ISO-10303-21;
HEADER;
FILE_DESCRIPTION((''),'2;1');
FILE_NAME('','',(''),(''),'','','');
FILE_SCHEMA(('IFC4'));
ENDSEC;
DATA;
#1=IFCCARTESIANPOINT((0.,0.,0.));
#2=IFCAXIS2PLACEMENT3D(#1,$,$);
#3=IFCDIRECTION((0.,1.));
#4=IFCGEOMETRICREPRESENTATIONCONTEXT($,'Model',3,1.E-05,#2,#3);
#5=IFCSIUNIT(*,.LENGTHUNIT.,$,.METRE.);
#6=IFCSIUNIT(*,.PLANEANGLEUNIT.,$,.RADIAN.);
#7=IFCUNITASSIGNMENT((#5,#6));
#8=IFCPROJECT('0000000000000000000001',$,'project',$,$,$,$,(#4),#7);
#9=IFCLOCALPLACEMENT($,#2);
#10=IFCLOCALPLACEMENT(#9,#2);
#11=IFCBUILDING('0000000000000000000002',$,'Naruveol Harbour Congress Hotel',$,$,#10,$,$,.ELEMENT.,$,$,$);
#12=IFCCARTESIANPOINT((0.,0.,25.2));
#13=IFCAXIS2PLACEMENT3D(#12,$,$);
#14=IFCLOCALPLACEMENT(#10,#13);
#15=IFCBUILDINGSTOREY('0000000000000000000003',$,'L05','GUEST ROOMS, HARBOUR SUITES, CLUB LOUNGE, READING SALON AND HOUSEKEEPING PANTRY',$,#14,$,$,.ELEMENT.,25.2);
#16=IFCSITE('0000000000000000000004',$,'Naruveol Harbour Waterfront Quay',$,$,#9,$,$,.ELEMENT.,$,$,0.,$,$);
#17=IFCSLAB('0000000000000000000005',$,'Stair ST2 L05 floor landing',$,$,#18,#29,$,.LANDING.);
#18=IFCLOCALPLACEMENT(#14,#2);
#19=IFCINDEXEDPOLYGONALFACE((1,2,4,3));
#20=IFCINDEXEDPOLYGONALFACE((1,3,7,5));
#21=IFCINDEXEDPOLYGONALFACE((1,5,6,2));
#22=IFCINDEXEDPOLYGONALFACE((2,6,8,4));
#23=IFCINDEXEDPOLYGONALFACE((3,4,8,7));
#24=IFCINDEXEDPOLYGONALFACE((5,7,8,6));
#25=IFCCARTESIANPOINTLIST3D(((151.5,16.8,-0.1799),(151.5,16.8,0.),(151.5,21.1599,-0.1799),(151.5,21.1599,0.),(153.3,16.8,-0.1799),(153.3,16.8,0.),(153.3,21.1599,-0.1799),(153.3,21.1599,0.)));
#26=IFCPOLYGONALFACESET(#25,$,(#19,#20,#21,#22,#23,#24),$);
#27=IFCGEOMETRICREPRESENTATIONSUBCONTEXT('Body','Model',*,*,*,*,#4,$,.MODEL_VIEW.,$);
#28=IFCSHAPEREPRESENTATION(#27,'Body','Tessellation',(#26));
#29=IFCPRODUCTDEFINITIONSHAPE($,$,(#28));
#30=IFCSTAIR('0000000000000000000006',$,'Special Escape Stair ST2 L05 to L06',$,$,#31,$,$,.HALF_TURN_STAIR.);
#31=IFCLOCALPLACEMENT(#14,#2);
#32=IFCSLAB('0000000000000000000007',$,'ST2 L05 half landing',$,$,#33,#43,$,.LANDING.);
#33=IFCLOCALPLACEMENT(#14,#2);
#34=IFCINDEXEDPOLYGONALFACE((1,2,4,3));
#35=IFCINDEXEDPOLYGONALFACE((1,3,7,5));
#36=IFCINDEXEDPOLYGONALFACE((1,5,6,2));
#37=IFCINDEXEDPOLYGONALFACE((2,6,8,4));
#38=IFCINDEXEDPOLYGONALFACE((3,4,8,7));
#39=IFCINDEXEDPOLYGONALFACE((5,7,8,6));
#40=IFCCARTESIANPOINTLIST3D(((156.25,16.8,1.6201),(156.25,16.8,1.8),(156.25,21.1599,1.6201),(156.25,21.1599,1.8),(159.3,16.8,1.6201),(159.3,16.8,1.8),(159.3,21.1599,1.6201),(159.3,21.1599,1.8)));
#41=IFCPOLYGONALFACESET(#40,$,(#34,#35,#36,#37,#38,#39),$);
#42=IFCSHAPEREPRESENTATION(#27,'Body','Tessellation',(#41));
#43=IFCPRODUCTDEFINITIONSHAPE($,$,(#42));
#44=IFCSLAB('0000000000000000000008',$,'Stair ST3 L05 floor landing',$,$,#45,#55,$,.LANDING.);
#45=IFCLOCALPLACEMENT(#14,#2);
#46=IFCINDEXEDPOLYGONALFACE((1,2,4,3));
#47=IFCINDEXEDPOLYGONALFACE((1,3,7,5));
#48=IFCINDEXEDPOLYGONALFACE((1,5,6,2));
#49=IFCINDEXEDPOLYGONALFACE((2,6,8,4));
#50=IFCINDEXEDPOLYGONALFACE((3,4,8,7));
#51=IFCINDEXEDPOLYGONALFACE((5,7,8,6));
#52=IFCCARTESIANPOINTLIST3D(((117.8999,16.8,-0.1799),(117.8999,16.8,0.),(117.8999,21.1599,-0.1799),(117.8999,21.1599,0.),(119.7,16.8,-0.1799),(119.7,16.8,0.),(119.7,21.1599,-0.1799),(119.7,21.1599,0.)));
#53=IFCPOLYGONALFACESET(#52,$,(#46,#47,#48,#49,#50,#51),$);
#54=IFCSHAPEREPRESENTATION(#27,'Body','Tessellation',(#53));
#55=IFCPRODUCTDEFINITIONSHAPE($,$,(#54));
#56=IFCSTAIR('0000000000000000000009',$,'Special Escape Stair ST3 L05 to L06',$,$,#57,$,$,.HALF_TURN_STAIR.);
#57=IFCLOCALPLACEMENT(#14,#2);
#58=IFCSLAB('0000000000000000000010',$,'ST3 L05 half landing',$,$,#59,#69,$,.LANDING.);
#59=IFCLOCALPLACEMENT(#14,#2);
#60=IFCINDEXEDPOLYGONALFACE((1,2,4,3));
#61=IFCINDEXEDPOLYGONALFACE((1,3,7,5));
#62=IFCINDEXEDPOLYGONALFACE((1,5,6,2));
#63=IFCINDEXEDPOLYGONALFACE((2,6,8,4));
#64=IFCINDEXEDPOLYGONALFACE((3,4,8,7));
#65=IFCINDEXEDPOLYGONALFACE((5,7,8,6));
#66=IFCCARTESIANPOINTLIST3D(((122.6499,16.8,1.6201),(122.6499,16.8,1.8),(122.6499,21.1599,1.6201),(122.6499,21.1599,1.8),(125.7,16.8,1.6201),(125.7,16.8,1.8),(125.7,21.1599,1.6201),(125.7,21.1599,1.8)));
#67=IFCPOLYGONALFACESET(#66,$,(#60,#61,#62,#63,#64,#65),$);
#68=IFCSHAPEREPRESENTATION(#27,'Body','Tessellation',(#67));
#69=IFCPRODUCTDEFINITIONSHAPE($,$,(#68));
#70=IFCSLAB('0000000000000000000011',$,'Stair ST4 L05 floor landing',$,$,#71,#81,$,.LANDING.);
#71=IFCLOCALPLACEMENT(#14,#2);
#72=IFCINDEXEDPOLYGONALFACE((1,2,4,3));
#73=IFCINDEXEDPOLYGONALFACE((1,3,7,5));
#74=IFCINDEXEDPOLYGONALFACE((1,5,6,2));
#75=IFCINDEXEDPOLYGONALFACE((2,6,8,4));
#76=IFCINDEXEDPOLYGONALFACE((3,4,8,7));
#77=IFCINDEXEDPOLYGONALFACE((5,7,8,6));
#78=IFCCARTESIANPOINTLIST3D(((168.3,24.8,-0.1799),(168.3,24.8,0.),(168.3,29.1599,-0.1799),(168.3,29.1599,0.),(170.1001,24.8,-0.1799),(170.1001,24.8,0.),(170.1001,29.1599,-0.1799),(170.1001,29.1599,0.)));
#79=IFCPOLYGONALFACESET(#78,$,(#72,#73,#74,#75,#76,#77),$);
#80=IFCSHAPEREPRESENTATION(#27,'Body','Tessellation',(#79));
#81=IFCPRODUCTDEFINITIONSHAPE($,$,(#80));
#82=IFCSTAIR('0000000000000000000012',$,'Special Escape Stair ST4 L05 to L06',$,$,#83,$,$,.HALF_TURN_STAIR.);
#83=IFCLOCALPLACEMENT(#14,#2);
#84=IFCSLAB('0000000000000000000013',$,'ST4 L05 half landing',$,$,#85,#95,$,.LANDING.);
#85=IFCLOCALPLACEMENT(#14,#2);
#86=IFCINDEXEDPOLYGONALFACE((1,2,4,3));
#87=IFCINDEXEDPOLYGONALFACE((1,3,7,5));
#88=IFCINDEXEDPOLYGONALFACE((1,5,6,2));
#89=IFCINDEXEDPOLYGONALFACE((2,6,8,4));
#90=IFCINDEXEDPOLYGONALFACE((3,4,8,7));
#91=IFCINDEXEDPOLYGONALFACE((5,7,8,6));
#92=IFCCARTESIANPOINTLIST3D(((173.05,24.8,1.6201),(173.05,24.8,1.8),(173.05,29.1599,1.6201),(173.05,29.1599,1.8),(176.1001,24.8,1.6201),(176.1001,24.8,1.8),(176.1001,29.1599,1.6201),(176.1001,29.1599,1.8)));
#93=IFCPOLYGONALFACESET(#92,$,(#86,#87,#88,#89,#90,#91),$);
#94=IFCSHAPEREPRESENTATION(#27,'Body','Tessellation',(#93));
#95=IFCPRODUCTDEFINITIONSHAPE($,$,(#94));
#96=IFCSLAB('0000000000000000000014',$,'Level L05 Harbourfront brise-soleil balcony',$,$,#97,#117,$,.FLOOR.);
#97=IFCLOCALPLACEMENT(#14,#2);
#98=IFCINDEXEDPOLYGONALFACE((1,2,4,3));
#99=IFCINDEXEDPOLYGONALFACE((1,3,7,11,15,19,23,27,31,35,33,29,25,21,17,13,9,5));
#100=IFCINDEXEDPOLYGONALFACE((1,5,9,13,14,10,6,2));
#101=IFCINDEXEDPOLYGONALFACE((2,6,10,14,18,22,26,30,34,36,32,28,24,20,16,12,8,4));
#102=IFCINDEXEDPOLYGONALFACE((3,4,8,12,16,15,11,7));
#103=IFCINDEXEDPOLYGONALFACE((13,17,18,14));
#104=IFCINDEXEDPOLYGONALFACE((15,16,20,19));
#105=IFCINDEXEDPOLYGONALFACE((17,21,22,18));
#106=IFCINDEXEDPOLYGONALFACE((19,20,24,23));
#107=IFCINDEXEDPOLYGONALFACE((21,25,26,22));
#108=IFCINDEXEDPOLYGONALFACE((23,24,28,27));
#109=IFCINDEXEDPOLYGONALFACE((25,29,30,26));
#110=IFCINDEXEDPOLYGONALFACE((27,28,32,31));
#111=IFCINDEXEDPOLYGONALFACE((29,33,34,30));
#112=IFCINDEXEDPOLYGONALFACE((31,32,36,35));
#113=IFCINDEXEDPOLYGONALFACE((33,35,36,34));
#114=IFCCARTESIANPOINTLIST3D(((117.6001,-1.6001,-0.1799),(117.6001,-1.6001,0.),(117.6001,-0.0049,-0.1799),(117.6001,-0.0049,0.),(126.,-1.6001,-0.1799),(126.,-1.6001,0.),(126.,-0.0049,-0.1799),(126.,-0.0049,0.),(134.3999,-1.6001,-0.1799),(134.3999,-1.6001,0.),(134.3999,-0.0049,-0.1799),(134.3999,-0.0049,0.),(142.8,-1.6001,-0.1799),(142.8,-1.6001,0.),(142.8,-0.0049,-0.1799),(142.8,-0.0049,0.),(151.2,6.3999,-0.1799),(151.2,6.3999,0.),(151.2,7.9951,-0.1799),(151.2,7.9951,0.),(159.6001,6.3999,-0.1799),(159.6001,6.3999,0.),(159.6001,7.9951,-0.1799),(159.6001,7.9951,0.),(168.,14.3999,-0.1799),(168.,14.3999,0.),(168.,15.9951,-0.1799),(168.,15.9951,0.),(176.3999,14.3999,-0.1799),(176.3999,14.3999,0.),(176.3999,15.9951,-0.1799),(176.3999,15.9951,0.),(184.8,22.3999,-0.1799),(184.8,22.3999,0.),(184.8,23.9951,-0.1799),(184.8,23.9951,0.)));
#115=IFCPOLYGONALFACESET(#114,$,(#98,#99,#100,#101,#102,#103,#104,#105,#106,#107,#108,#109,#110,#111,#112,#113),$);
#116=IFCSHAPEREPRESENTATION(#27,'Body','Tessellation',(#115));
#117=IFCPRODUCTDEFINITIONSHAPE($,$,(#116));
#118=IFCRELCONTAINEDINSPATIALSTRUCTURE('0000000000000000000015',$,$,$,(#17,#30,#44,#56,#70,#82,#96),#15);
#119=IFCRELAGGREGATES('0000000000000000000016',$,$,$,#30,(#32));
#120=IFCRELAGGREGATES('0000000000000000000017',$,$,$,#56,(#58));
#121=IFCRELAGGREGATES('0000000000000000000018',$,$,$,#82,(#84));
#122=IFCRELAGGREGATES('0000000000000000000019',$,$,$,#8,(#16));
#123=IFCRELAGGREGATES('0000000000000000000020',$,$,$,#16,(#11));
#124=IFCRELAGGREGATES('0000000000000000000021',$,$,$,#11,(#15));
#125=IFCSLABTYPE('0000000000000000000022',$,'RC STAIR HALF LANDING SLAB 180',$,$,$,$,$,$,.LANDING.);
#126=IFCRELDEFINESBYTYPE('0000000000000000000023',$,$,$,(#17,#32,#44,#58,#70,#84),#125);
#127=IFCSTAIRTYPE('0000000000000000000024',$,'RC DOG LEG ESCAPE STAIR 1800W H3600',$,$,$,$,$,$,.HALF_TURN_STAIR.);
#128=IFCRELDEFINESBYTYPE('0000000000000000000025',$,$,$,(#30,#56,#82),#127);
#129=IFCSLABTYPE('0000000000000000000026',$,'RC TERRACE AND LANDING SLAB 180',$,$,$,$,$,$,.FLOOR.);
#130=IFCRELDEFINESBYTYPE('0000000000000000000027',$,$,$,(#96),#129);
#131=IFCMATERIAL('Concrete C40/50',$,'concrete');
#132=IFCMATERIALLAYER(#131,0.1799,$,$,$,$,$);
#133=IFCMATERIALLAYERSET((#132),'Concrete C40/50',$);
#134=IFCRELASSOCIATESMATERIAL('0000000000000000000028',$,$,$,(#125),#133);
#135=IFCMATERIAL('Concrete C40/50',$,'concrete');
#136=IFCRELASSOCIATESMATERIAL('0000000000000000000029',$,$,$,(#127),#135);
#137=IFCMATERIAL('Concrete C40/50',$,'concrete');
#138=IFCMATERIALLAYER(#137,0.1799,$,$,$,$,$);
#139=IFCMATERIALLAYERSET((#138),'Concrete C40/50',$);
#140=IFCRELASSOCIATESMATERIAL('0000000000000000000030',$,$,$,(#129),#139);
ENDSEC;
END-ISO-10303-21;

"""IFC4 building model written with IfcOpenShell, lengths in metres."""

from ifc_helpers import new_model, si_unit, direction, frame, origin, place, context, subcontext, project, spatial, polyline, outline, extrude, material, layer, layer_set, type_object, element, aggregate, save


model = new_model("IFC4")

# Units and contexts
model_context = context("Model", 3, precision=1e-05, world=origin(), true_north=direction((0.0, 1.0)))
body_context = subcontext(model_context, "Body", "Model", "MODEL_VIEW")
ifc_project = project(units=[si_unit("LENGTHUNIT", "METRE"), si_unit("PLANEANGLEUNIT", "RADIAN")], contexts=[model_context])

# Site, building, storey
site_placement = place(None, origin())
site = spatial("IfcSite", under=ifc_project, at=site_placement, Name="Naruveol Harbour Waterfront Quay", CompositionType="ELEMENT", RefElevation=0.0)
building_placement = place(site_placement, origin())
building = spatial("IfcBuilding", under=site, at=building_placement, Name="Naruveol Harbour Congress Hotel", CompositionType="ELEMENT")
storey_placement = place(building_placement, frame((0.0, 0.0, 25.2)))
storey = spatial("IfcBuildingStorey", under=building, at=storey_placement, Name="L05", Description="GUEST ROOMS, HARBOUR SUITES, CLUB LOUNGE, READING SALON AND HOUSEKEEPING PANTRY", CompositionType="ELEMENT", Elevation=25.2)

# Shared definitions
ifc_material_1 = material(Name="Concrete C40/50", Category="concrete")
ifc_layer_1 = layer(ifc_material_1, 0.1799)
ifc_layer_set_1 = layer_set([ifc_layer_1], Name="Concrete C40/50")
slab_type_1 = type_object("IfcSlabType", Name="RC STAIR HALF LANDING SLAB 180", PredefinedType="LANDING", material=ifc_layer_set_1)

# Shared definitions
ifc_material_2 = material(Name="Concrete C40/50", Category="concrete")
stair_type = type_object("IfcStairType", Name="RC DOG LEG ESCAPE STAIR 1800W H3600", PredefinedType="HALF_TURN_STAIR", material=ifc_material_2)

# Slab
slab_1_placement = place(storey_placement, frame((0.0, 0.0, -0.1799)))
element("IfcSlab", 1, at=slab_1_placement, inside=storey, type_object=slab_type_1, Name="Stair ST2 L05 floor landing", PredefinedType="LANDING", context=body_context, shape_type="SweptSolid", body=[
    extrude(outline(polyline([(151.5, 16.8), (153.3, 16.8), (153.3, 21.1599), (151.5, 21.1599), (151.5, 16.8)])), origin(), (0.0, 0.0, 1.0), 0.1799),
])

# Stair, slab
stair_1_placement = place(storey_placement, origin())
stair_1 = element("IfcStair", 2, at=stair_1_placement, inside=storey, type_object=stair_type, Name="Special Escape Stair ST2 L05 to L06", PredefinedType="HALF_TURN_STAIR")
slab_2_placement = place(storey_placement, frame((0.0, 0.0, 1.6201)))
slab_2 = element("IfcSlab", 3, at=slab_2_placement, type_object=slab_type_1, Name="ST2 L05 half landing", PredefinedType="LANDING", context=body_context, shape_type="SweptSolid", body=[
    extrude(outline(polyline([(156.25, 16.8), (159.3, 16.8), (159.3, 21.1599), (156.25, 21.1599), (156.25, 16.8)])), origin(), (0.0, 0.0, 1.0), 0.1799),
])
aggregate(stair_1, [slab_2])

# Slab
slab_3_placement = place(storey_placement, frame((0.0, 0.0, -0.1799)))
element("IfcSlab", 4, at=slab_3_placement, inside=storey, type_object=slab_type_1, Name="Stair ST3 L05 floor landing", PredefinedType="LANDING", context=body_context, shape_type="SweptSolid", body=[
    extrude(outline(polyline([(117.8999, 16.8), (119.7, 16.8), (119.7, 21.1599), (117.8999, 21.1599), (117.8999, 16.8)])), origin(), (0.0, 0.0, 1.0), 0.1799),
])

# Stair, slab
stair_2_placement = place(storey_placement, origin())
stair_2 = element("IfcStair", 5, at=stair_2_placement, inside=storey, type_object=stair_type, Name="Special Escape Stair ST3 L05 to L06", PredefinedType="HALF_TURN_STAIR")
slab_4_placement = place(storey_placement, frame((0.0, 0.0, 1.6201)))
slab_4 = element("IfcSlab", 6, at=slab_4_placement, type_object=slab_type_1, Name="ST3 L05 half landing", PredefinedType="LANDING", context=body_context, shape_type="SweptSolid", body=[
    extrude(outline(polyline([(122.6499, 16.8), (125.7, 16.8), (125.7, 21.1599), (122.6499, 21.1599), (122.6499, 16.8)])), origin(), (0.0, 0.0, 1.0), 0.1799),
])
aggregate(stair_2, [slab_4])

# Slab
slab_5_placement = place(storey_placement, frame((0.0, 0.0, -0.1799)))
element("IfcSlab", 7, at=slab_5_placement, inside=storey, type_object=slab_type_1, Name="Stair ST4 L05 floor landing", PredefinedType="LANDING", context=body_context, shape_type="SweptSolid", body=[
    extrude(outline(polyline([(168.3, 24.8), (170.1001, 24.8), (170.1001, 29.1599), (168.3, 29.1599), (168.3, 24.8)])), origin(), (0.0, 0.0, 1.0), 0.1799),
])

# Stair, slab
stair_3_placement = place(storey_placement, origin())
stair_3 = element("IfcStair", 8, at=stair_3_placement, inside=storey, type_object=stair_type, Name="Special Escape Stair ST4 L05 to L06", PredefinedType="HALF_TURN_STAIR")
slab_6_placement = place(storey_placement, frame((0.0, 0.0, 1.6201)))
slab_6 = element("IfcSlab", 9, at=slab_6_placement, type_object=slab_type_1, Name="ST4 L05 half landing", PredefinedType="LANDING", context=body_context, shape_type="SweptSolid", body=[
    extrude(outline(polyline([(173.05, 24.8), (176.1001, 24.8), (176.1001, 29.1599), (173.05, 29.1599), (173.05, 24.8)])), origin(), (0.0, 0.0, 1.0), 0.1799),
])
aggregate(stair_3, [slab_6])

# Slab
ifc_material_3 = material(Name="Concrete C40/50", Category="concrete")
ifc_layer_2 = layer(ifc_material_3, 0.1799)
ifc_layer_set_2 = layer_set([ifc_layer_2], Name="Concrete C40/50")
slab_type_2 = type_object("IfcSlabType", Name="RC TERRACE AND LANDING SLAB 180", PredefinedType="FLOOR", material=ifc_layer_set_2)
slab_7_placement = place(storey_placement, frame((0.0, 0.0, -0.1799)))
element("IfcSlab", 10, at=slab_7_placement, inside=storey, type_object=slab_type_2, Name="Level L05 Harbourfront brise-soleil balcony", PredefinedType="FLOOR", context=body_context, shape_type="SweptSolid", body=[
    extrude(outline(polyline([(117.6001, -1.6001), (126.0, -1.6001), (134.3999, -1.6001), (142.8, -1.6001), (151.2, 6.3999), (159.6001, 6.3999), (168.0, 14.3999), (176.3999, 14.3999), (184.8, 22.3999), (184.8, 23.9951), (176.3999, 15.9951), (168.0, 15.9951), (159.6001, 7.9951), (151.2, 7.9951), (142.8, -0.0049), (134.3999, -0.0049), (126.0, -0.0049), (117.6001, -0.0049), (117.6001, -1.6001)])), origin(), (0.0, 0.0, 1.0), 0.1799),
])

save(model, "model.ifc")
